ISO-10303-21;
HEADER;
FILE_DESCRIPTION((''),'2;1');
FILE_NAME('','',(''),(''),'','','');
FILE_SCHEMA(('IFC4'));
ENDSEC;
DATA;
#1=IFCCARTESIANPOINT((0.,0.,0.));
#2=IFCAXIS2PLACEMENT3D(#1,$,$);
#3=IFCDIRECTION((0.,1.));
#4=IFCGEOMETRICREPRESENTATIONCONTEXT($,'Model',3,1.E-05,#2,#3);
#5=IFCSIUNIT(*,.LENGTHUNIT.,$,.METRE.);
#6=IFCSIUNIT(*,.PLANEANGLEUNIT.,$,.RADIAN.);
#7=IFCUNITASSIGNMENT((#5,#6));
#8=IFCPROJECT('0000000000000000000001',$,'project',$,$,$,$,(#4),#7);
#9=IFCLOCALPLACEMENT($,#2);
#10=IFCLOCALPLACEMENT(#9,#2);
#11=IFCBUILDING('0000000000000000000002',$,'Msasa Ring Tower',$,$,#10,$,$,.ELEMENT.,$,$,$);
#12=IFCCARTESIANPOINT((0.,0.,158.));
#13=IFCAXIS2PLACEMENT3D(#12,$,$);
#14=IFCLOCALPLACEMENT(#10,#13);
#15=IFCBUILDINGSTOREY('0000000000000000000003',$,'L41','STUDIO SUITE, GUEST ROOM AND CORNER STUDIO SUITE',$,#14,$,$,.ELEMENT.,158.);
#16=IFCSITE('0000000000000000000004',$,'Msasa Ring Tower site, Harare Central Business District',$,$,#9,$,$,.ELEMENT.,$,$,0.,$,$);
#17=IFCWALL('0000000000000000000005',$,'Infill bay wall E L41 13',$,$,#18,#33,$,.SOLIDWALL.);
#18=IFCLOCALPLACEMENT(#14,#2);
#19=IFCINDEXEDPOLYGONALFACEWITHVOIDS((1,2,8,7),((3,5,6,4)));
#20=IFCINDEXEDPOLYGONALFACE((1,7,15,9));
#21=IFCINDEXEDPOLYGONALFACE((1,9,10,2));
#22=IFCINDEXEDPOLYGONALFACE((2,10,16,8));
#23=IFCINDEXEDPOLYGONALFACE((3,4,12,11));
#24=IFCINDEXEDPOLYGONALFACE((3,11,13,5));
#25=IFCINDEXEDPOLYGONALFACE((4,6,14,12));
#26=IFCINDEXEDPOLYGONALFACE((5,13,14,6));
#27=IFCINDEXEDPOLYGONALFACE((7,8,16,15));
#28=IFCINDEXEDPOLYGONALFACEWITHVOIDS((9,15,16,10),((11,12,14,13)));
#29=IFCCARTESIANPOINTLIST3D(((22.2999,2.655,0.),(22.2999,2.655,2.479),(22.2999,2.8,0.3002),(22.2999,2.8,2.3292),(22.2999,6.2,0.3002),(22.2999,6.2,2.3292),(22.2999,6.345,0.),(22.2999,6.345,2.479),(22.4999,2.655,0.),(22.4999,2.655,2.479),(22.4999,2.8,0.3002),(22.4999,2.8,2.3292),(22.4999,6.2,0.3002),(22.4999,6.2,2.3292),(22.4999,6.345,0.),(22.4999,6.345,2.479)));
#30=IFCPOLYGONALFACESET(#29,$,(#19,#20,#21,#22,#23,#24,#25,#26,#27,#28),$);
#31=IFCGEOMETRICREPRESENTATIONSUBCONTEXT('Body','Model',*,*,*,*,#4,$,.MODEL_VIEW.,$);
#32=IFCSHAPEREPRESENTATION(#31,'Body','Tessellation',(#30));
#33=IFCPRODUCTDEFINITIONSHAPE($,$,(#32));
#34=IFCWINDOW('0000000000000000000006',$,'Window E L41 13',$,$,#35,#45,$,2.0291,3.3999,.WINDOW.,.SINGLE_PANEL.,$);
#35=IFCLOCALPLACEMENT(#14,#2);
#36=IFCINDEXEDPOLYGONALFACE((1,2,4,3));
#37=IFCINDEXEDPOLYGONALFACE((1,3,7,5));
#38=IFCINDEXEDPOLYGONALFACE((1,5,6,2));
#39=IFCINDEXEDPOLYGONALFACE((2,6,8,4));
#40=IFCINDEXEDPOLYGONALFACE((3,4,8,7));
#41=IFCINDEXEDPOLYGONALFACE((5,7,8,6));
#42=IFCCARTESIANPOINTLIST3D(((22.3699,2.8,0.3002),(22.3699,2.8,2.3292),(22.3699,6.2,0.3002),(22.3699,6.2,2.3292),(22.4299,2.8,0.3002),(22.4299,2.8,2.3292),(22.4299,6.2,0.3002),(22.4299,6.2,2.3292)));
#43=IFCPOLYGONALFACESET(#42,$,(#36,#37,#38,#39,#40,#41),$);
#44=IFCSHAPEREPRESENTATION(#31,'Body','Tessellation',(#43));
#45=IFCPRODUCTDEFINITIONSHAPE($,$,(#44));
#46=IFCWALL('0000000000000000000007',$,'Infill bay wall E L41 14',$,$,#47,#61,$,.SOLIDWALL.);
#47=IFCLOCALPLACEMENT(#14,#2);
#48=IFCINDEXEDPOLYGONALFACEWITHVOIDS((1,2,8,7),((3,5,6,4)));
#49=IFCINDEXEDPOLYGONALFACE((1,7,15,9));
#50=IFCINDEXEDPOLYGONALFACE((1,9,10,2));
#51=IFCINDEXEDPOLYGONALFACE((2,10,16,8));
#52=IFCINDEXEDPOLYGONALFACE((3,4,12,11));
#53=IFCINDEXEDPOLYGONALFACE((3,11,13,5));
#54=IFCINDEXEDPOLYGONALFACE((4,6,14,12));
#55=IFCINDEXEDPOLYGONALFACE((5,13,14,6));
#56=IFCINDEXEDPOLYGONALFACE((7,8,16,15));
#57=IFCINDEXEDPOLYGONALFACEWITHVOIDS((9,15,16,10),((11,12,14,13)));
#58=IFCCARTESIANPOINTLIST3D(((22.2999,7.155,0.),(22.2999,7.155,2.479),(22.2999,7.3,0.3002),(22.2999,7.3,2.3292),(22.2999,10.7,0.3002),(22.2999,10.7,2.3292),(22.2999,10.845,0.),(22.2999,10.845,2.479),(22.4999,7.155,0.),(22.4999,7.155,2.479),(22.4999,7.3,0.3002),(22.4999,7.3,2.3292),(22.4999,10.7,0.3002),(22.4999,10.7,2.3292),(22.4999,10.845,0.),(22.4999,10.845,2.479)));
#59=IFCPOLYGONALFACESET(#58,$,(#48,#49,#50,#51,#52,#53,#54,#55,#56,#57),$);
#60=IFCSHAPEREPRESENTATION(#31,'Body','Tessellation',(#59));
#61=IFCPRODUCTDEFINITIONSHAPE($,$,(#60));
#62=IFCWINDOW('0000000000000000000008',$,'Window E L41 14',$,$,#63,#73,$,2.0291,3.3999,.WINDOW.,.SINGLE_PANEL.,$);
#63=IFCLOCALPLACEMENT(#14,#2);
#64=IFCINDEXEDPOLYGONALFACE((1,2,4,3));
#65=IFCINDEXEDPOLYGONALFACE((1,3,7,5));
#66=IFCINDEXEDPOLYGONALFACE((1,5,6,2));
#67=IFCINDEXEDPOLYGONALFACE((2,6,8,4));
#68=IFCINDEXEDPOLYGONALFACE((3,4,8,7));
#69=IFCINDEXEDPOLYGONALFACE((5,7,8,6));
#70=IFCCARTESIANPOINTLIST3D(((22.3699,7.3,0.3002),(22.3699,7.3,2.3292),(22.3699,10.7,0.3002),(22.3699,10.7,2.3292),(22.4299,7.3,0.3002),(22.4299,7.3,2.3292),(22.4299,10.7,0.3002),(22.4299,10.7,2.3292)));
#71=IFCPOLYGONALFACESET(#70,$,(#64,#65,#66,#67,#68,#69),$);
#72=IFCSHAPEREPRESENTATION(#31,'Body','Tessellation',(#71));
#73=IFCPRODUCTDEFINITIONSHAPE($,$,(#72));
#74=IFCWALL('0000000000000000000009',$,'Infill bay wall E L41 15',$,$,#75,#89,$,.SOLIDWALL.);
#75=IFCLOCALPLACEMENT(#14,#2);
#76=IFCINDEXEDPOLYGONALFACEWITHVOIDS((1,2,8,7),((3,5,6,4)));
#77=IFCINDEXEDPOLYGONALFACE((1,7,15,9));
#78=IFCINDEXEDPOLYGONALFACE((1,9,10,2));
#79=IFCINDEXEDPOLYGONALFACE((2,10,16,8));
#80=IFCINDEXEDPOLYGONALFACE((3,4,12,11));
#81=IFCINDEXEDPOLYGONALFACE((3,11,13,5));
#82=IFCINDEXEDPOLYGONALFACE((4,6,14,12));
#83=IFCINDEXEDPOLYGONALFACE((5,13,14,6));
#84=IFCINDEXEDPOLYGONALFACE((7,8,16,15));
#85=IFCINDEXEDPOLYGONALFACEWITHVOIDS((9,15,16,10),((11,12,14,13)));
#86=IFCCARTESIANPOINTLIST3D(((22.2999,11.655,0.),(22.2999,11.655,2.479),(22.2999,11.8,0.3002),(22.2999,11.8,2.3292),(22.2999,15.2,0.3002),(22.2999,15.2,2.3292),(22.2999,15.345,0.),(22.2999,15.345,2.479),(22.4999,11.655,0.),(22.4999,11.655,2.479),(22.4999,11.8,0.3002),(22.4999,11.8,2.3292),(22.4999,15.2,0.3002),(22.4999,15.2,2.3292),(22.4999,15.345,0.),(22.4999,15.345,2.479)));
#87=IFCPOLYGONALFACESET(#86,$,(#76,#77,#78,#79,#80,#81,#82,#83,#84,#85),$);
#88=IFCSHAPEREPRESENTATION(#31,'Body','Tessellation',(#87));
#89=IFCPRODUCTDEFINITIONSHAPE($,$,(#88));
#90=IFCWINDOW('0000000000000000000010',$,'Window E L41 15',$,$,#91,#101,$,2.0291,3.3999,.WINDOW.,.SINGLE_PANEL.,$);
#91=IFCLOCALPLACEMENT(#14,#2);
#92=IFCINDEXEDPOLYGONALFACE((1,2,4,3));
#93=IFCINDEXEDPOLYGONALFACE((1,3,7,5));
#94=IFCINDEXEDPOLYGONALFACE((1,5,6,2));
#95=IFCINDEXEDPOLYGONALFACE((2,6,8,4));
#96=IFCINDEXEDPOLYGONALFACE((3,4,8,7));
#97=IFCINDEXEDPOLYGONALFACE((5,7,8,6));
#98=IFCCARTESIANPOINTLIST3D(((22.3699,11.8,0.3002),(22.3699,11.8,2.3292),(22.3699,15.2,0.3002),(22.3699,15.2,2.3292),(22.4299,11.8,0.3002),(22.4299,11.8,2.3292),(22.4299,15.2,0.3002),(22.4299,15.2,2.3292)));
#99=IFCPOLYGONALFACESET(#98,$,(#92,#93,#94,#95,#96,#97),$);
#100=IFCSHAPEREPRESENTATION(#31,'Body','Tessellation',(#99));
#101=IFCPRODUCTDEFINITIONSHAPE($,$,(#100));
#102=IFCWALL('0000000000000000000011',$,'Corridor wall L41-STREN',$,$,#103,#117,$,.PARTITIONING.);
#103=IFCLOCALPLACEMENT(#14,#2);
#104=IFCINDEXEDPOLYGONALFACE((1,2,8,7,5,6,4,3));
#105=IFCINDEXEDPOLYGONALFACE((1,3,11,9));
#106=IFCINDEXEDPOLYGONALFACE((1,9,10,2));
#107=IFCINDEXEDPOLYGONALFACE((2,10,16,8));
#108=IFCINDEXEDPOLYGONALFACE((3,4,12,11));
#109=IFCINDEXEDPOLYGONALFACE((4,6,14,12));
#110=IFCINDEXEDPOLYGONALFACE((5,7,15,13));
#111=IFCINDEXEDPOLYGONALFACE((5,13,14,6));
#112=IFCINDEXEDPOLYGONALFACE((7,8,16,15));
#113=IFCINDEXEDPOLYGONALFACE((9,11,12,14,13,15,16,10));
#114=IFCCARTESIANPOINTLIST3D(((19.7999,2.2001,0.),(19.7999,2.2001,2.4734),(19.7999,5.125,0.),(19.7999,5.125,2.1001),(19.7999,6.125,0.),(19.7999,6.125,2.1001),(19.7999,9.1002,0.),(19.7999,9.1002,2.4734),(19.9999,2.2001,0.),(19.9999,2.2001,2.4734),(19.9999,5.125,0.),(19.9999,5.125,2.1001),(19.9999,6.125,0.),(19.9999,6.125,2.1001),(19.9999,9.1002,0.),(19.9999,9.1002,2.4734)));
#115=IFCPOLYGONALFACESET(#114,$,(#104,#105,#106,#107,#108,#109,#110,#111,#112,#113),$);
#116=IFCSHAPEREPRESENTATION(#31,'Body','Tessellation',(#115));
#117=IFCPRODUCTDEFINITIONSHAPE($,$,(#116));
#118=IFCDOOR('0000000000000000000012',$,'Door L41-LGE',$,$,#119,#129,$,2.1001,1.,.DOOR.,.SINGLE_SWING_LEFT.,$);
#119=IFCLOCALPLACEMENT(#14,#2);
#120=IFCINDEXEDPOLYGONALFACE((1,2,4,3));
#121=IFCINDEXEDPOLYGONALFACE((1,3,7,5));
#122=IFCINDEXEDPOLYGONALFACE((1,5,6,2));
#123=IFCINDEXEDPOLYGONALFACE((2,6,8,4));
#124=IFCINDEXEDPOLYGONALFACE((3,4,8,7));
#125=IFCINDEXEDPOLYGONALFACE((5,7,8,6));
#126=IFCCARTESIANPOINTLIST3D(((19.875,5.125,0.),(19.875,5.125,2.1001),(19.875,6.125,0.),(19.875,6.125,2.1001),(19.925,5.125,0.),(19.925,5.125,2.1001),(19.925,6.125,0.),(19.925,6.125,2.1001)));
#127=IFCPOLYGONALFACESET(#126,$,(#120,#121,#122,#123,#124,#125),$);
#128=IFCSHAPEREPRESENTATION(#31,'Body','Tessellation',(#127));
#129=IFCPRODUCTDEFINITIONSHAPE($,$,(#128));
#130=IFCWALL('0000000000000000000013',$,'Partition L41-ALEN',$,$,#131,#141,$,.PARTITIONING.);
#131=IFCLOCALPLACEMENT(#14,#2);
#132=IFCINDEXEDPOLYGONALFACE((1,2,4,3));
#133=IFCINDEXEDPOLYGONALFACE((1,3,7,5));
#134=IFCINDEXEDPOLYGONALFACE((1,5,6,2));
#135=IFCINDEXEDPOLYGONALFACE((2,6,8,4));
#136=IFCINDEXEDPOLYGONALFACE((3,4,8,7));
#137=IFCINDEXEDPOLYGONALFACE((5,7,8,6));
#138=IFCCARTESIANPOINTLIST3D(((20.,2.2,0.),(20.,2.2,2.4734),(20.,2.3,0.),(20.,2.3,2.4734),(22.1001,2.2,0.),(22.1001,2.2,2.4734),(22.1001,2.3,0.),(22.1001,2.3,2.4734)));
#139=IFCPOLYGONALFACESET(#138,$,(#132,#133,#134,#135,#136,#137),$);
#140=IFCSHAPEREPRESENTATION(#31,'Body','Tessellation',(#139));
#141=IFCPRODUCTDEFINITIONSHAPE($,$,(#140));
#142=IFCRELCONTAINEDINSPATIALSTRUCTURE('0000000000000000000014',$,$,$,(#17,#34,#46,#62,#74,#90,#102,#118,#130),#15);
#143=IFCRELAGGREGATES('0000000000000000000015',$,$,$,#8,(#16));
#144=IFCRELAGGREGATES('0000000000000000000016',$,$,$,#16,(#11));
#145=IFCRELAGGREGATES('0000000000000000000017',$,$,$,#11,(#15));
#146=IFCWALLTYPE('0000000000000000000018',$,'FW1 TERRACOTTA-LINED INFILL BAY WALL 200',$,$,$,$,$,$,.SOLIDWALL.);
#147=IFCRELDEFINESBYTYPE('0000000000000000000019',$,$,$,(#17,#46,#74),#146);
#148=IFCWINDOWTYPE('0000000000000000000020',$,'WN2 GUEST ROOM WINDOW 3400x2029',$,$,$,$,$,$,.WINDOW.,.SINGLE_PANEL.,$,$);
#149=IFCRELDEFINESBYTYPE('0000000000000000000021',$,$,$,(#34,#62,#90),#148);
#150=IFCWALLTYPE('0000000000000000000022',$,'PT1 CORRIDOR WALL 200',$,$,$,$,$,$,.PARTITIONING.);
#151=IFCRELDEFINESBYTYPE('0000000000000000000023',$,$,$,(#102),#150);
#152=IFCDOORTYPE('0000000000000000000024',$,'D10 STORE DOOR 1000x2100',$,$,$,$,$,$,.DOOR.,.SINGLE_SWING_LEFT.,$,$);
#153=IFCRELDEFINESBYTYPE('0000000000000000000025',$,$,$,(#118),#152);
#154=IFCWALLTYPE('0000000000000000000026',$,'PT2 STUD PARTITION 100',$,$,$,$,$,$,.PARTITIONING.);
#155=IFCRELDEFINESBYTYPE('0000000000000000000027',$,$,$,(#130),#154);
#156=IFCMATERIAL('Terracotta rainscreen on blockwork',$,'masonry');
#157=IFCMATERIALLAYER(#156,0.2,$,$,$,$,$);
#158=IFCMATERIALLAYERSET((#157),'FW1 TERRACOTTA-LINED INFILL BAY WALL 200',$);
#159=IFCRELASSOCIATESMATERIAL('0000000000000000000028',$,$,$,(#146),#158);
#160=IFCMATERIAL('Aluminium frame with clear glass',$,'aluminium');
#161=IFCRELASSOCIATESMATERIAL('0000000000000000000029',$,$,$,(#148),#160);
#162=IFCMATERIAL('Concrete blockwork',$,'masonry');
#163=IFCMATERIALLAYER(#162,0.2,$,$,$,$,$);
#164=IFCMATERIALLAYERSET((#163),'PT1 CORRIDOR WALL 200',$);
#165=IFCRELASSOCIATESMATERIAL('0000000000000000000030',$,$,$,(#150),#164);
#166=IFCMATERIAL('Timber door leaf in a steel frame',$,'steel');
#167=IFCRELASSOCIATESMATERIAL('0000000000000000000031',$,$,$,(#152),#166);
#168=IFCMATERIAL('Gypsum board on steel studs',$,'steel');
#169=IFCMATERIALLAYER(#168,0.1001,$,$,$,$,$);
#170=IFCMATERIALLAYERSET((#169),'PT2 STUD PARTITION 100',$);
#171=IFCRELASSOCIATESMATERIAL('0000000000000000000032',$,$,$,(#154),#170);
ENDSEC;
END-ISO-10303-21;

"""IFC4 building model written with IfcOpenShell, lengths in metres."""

from ifc_helpers import new_model, si_unit, direction, frame, frame_2d, origin, place, context, subcontext, project, spatial, rectangle, extrude, material, layer, layer_set, type_object, element, fill, save


model = new_model("IFC4")

# Units and contexts
model_context = context("Model", 3, precision=1e-05, world=origin(), true_north=direction((0.0, 1.0)))
body_context = subcontext(model_context, "Body", "Model", "MODEL_VIEW")
ifc_project = project(units=[si_unit("LENGTHUNIT", "METRE"), si_unit("PLANEANGLEUNIT", "RADIAN")], contexts=[model_context])

# Site, building, storey
site_placement = place(None, origin())
site = spatial("IfcSite", under=ifc_project, at=site_placement, Name="Msasa Ring Tower site, Harare Central Business District", CompositionType="ELEMENT", RefElevation=0.0)
building_placement = place(site_placement, origin())
building = spatial("IfcBuilding", under=site, at=building_placement, Name="Msasa Ring Tower", CompositionType="ELEMENT")
storey_placement = place(building_placement, frame((0.0, 0.0, 158.0)))
storey = spatial("IfcBuildingStorey", under=building, at=storey_placement, Name="L41", Description="STUDIO SUITE, GUEST ROOM AND CORNER STUDIO SUITE", CompositionType="ELEMENT", Elevation=158.0)

# Walls, openings, windows
ifc_material_1 = material(Name="Terracotta rainscreen on blockwork", Category="masonry")
ifc_layer_1 = layer(ifc_material_1, 0.2)
ifc_layer_set_1 = layer_set([ifc_layer_1], Name="FW1 TERRACOTTA-LINED INFILL BAY WALL 200")
wall_type_1 = type_object("IfcWallType", Name="FW1 TERRACOTTA-LINED INFILL BAY WALL 200", PredefinedType="SOLIDWALL", material=ifc_layer_set_1)
wall_1_placement = place(storey_placement, frame((22.3999, 2.655, 0.0), z_axis=(0.0, 0.0, 1.0), x_axis=(0.0, 1.0, 0.0)))
wall_1 = element("IfcWall", 1, at=wall_1_placement, inside=storey, type_object=wall_type_1, Name="Infill bay wall E L41 13", PredefinedType="SOLIDWALL", context=body_context, shape_type="SweptSolid", body=[
    extrude(rectangle(XDim=3.6899, YDim=0.2, at=frame_2d((1.845, 0.0))), origin(), (0.0, 0.0, 1.0), 2.479),
])
opening_1_placement = place(wall_1_placement, frame((0.145, 0.0, 0.3)))
opening_1 = element("IfcOpeningElement", 2, at=opening_1_placement, cuts=wall_1, PredefinedType="OPENING", context=body_context, shape_type="SweptSolid", body=[
    extrude(rectangle(XDim=3.3999, YDim=2.0291, at=frame_2d((1.7, 1.0146))), frame((0.0, 0.1099, 0.0), z_axis=(0.0, -1.0, 0.0), x_axis=(1.0, 0.0, 0.0)), (0.0, 0.0, 1.0), 0.22),
])
ifc_material_2 = material(Name="Aluminium frame with clear glass", Category="aluminium")
window_type = type_object("IfcWindowType", Name="WN2 GUEST ROOM WINDOW 3400x2029", PartitioningType="SINGLE_PANEL", PredefinedType="WINDOW", material=ifc_material_2)
window_1_placement = place(opening_1_placement, origin())
window_1 = element("IfcWindow", 3, at=window_1_placement, inside=storey, type_object=window_type, Name="Window E L41 13", OverallHeight=2.0291, OverallWidth=3.3999, PartitioningType="SINGLE_PANEL", PredefinedType="WINDOW", context=body_context, shape_type="SweptSolid", body=[
    extrude(rectangle(XDim=3.3999, YDim=2.0291, at=frame_2d((1.7, 1.0146))), frame((0.0, 0.03, 0.0), z_axis=(0.0, -1.0, 0.0), x_axis=(1.0, 0.0, 0.0)), (0.0, 0.0, 1.0), 0.0601),
])
fill(opening_1, window_1)
wall_2_placement = place(storey_placement, frame((22.3999, 7.155, 0.0), z_axis=(0.0, 0.0, 1.0), x_axis=(0.0, 1.0, 0.0)))
wall_2 = element("IfcWall", 4, at=wall_2_placement, inside=storey, type_object=wall_type_1, Name="Infill bay wall E L41 14", PredefinedType="SOLIDWALL", context=body_context, shape_type="SweptSolid", body=[
    extrude(rectangle(XDim=3.6899, YDim=0.2, at=frame_2d((1.845, 0.0))), origin(), (0.0, 0.0, 1.0), 2.479),
])
opening_2_placement = place(wall_2_placement, frame((0.145, 0.0, 0.3)))
opening_2 = element("IfcOpeningElement", 5, at=opening_2_placement, cuts=wall_2, PredefinedType="OPENING", context=body_context, shape_type="SweptSolid", body=[
    extrude(rectangle(XDim=3.3999, YDim=2.0291, at=frame_2d((1.7, 1.0146))), frame((0.0, 0.1099, 0.0), z_axis=(0.0, -1.0, 0.0), x_axis=(1.0, 0.0, 0.0)), (0.0, 0.0, 1.0), 0.22),
])
window_2_placement = place(opening_2_placement, origin())
window_2 = element("IfcWindow", 6, at=window_2_placement, inside=storey, type_object=window_type, Name="Window E L41 14", OverallHeight=2.0291, OverallWidth=3.3999, PartitioningType="SINGLE_PANEL", PredefinedType="WINDOW", context=body_context, shape_type="SweptSolid", body=[
    extrude(rectangle(XDim=3.3999, YDim=2.0291, at=frame_2d((1.7, 1.0146))), frame((0.0, 0.03, 0.0), z_axis=(0.0, -1.0, 0.0), x_axis=(1.0, 0.0, 0.0)), (0.0, 0.0, 1.0), 0.0601),
])
fill(opening_2, window_2)
wall_3_placement = place(storey_placement, frame((22.3999, 11.655, 0.0), z_axis=(0.0, 0.0, 1.0), x_axis=(0.0, 1.0, 0.0)))
wall_3 = element("IfcWall", 7, at=wall_3_placement, inside=storey, type_object=wall_type_1, Name="Infill bay wall E L41 15", PredefinedType="SOLIDWALL", context=body_context, shape_type="SweptSolid", body=[
    extrude(rectangle(XDim=3.6899, YDim=0.2, at=frame_2d((1.845, 0.0))), origin(), (0.0, 0.0, 1.0), 2.479),
])
opening_3_placement = place(wall_3_placement, frame((0.145, 0.0, 0.3)))
opening_3 = element("IfcOpeningElement", 8, at=opening_3_placement, cuts=wall_3, PredefinedType="OPENING", context=body_context, shape_type="SweptSolid", body=[
    extrude(rectangle(XDim=3.3999, YDim=2.0291, at=frame_2d((1.7, 1.0146))), frame((0.0, 0.1099, 0.0), z_axis=(0.0, -1.0, 0.0), x_axis=(1.0, 0.0, 0.0)), (0.0, 0.0, 1.0), 0.22),
])
window_3_placement = place(opening_3_placement, origin())
window_3 = element("IfcWindow", 9, at=window_3_placement, inside=storey, type_object=window_type, Name="Window E L41 15", OverallHeight=2.0291, OverallWidth=3.3999, PartitioningType="SINGLE_PANEL", PredefinedType="WINDOW", context=body_context, shape_type="SweptSolid", body=[
    extrude(rectangle(XDim=3.3999, YDim=2.0291, at=frame_2d((1.7, 1.0146))), frame((0.0, 0.03, 0.0), z_axis=(0.0, -1.0, 0.0), x_axis=(1.0, 0.0, 0.0)), (0.0, 0.0, 1.0), 0.0601),
])
fill(opening_3, window_3)

# Wall, opening, door
ifc_material_3 = material(Name="Concrete blockwork", Category="masonry")
ifc_layer_2 = layer(ifc_material_3, 0.2)
ifc_layer_set_2 = layer_set([ifc_layer_2], Name="PT1 CORRIDOR WALL 200")
wall_type_2 = type_object("IfcWallType", Name="PT1 CORRIDOR WALL 200", PredefinedType="PARTITIONING", material=ifc_layer_set_2)
wall_4_placement = place(storey_placement, frame((19.8999, 2.2, 0.0), z_axis=(0.0, 0.0, 1.0), x_axis=(0.0, 1.0, 0.0)))
wall_4 = element("IfcWall", 10, at=wall_4_placement, inside=storey, type_object=wall_type_2, Name="Corridor wall L41-STREN", PredefinedType="PARTITIONING", context=body_context, shape_type="SweptSolid", body=[
    extrude(rectangle(XDim=6.9001, YDim=0.2, at=frame_2d((3.4502, 0.0))), origin(), (0.0, 0.0, 1.0), 2.4734),
])
opening_4_placement = place(wall_4_placement, frame((2.925, 0.0, 0.0)))
opening_4 = element("IfcOpeningElement", 11, at=opening_4_placement, cuts=wall_4, PredefinedType="OPENING", context=body_context, shape_type="SweptSolid", body=[
    extrude(rectangle(XDim=1.0, YDim=2.1001, at=frame_2d((0.5, 1.05))), frame((0.0, 0.1099, 0.0), z_axis=(0.0, -1.0, 0.0), x_axis=(1.0, 0.0, 0.0)), (0.0, 0.0, 1.0), 0.22),
])
ifc_material_4 = material(Name="Timber door leaf in a steel frame", Category="steel")
door_type_1 = type_object("IfcDoorType", Name="D10 STORE DOOR 1000x2100", OperationType="SINGLE_SWING_LEFT", PredefinedType="DOOR", material=ifc_material_4)
door_1_placement = place(opening_4_placement, origin())
door_1 = element("IfcDoor", 12, at=door_1_placement, inside=storey, type_object=door_type_1, Name="Door L41-LGE", OperationType="SINGLE_SWING_LEFT", OverallHeight=2.1001, OverallWidth=1.0, PredefinedType="DOOR", context=body_context, shape_type="SweptSolid", body=[
    extrude(rectangle(XDim=1.0, YDim=2.1001, at=frame_2d((0.5, 1.05))), frame((0.0, 0.0249, 0.0), z_axis=(0.0, -1.0, 0.0), x_axis=(1.0, 0.0, 0.0)), (0.0, 0.0, 1.0), 0.05),
])
fill(opening_4, door_1)

# Wall
ifc_material_5 = material(Name="Gypsum board on steel studs", Category="steel")
ifc_layer_3 = layer(ifc_material_5, 0.1001)
ifc_layer_set_3 = layer_set([ifc_layer_3], Name="PT2 STUD PARTITION 100")
wall_type_3 = type_object("IfcWallType", Name="PT2 STUD PARTITION 100", PredefinedType="PARTITIONING", material=ifc_layer_set_3)
wall_5_placement = place(storey_placement, frame((20.0, 2.25, 0.0), z_axis=(0.0, 0.0, 1.0), x_axis=(1.0, 0.0, 0.0)))
element("IfcWall", 13, at=wall_5_placement, inside=storey, type_object=wall_type_3, Name="Partition L41-ALEN", PredefinedType="PARTITIONING", context=body_context, shape_type="SweptSolid", body=[
    extrude(rectangle(XDim=2.1001, YDim=0.1001, at=frame_2d((1.05, 0.0))), origin(), (0.0, 0.0, 1.0), 2.4734),
])

save(model, "model.ifc")
